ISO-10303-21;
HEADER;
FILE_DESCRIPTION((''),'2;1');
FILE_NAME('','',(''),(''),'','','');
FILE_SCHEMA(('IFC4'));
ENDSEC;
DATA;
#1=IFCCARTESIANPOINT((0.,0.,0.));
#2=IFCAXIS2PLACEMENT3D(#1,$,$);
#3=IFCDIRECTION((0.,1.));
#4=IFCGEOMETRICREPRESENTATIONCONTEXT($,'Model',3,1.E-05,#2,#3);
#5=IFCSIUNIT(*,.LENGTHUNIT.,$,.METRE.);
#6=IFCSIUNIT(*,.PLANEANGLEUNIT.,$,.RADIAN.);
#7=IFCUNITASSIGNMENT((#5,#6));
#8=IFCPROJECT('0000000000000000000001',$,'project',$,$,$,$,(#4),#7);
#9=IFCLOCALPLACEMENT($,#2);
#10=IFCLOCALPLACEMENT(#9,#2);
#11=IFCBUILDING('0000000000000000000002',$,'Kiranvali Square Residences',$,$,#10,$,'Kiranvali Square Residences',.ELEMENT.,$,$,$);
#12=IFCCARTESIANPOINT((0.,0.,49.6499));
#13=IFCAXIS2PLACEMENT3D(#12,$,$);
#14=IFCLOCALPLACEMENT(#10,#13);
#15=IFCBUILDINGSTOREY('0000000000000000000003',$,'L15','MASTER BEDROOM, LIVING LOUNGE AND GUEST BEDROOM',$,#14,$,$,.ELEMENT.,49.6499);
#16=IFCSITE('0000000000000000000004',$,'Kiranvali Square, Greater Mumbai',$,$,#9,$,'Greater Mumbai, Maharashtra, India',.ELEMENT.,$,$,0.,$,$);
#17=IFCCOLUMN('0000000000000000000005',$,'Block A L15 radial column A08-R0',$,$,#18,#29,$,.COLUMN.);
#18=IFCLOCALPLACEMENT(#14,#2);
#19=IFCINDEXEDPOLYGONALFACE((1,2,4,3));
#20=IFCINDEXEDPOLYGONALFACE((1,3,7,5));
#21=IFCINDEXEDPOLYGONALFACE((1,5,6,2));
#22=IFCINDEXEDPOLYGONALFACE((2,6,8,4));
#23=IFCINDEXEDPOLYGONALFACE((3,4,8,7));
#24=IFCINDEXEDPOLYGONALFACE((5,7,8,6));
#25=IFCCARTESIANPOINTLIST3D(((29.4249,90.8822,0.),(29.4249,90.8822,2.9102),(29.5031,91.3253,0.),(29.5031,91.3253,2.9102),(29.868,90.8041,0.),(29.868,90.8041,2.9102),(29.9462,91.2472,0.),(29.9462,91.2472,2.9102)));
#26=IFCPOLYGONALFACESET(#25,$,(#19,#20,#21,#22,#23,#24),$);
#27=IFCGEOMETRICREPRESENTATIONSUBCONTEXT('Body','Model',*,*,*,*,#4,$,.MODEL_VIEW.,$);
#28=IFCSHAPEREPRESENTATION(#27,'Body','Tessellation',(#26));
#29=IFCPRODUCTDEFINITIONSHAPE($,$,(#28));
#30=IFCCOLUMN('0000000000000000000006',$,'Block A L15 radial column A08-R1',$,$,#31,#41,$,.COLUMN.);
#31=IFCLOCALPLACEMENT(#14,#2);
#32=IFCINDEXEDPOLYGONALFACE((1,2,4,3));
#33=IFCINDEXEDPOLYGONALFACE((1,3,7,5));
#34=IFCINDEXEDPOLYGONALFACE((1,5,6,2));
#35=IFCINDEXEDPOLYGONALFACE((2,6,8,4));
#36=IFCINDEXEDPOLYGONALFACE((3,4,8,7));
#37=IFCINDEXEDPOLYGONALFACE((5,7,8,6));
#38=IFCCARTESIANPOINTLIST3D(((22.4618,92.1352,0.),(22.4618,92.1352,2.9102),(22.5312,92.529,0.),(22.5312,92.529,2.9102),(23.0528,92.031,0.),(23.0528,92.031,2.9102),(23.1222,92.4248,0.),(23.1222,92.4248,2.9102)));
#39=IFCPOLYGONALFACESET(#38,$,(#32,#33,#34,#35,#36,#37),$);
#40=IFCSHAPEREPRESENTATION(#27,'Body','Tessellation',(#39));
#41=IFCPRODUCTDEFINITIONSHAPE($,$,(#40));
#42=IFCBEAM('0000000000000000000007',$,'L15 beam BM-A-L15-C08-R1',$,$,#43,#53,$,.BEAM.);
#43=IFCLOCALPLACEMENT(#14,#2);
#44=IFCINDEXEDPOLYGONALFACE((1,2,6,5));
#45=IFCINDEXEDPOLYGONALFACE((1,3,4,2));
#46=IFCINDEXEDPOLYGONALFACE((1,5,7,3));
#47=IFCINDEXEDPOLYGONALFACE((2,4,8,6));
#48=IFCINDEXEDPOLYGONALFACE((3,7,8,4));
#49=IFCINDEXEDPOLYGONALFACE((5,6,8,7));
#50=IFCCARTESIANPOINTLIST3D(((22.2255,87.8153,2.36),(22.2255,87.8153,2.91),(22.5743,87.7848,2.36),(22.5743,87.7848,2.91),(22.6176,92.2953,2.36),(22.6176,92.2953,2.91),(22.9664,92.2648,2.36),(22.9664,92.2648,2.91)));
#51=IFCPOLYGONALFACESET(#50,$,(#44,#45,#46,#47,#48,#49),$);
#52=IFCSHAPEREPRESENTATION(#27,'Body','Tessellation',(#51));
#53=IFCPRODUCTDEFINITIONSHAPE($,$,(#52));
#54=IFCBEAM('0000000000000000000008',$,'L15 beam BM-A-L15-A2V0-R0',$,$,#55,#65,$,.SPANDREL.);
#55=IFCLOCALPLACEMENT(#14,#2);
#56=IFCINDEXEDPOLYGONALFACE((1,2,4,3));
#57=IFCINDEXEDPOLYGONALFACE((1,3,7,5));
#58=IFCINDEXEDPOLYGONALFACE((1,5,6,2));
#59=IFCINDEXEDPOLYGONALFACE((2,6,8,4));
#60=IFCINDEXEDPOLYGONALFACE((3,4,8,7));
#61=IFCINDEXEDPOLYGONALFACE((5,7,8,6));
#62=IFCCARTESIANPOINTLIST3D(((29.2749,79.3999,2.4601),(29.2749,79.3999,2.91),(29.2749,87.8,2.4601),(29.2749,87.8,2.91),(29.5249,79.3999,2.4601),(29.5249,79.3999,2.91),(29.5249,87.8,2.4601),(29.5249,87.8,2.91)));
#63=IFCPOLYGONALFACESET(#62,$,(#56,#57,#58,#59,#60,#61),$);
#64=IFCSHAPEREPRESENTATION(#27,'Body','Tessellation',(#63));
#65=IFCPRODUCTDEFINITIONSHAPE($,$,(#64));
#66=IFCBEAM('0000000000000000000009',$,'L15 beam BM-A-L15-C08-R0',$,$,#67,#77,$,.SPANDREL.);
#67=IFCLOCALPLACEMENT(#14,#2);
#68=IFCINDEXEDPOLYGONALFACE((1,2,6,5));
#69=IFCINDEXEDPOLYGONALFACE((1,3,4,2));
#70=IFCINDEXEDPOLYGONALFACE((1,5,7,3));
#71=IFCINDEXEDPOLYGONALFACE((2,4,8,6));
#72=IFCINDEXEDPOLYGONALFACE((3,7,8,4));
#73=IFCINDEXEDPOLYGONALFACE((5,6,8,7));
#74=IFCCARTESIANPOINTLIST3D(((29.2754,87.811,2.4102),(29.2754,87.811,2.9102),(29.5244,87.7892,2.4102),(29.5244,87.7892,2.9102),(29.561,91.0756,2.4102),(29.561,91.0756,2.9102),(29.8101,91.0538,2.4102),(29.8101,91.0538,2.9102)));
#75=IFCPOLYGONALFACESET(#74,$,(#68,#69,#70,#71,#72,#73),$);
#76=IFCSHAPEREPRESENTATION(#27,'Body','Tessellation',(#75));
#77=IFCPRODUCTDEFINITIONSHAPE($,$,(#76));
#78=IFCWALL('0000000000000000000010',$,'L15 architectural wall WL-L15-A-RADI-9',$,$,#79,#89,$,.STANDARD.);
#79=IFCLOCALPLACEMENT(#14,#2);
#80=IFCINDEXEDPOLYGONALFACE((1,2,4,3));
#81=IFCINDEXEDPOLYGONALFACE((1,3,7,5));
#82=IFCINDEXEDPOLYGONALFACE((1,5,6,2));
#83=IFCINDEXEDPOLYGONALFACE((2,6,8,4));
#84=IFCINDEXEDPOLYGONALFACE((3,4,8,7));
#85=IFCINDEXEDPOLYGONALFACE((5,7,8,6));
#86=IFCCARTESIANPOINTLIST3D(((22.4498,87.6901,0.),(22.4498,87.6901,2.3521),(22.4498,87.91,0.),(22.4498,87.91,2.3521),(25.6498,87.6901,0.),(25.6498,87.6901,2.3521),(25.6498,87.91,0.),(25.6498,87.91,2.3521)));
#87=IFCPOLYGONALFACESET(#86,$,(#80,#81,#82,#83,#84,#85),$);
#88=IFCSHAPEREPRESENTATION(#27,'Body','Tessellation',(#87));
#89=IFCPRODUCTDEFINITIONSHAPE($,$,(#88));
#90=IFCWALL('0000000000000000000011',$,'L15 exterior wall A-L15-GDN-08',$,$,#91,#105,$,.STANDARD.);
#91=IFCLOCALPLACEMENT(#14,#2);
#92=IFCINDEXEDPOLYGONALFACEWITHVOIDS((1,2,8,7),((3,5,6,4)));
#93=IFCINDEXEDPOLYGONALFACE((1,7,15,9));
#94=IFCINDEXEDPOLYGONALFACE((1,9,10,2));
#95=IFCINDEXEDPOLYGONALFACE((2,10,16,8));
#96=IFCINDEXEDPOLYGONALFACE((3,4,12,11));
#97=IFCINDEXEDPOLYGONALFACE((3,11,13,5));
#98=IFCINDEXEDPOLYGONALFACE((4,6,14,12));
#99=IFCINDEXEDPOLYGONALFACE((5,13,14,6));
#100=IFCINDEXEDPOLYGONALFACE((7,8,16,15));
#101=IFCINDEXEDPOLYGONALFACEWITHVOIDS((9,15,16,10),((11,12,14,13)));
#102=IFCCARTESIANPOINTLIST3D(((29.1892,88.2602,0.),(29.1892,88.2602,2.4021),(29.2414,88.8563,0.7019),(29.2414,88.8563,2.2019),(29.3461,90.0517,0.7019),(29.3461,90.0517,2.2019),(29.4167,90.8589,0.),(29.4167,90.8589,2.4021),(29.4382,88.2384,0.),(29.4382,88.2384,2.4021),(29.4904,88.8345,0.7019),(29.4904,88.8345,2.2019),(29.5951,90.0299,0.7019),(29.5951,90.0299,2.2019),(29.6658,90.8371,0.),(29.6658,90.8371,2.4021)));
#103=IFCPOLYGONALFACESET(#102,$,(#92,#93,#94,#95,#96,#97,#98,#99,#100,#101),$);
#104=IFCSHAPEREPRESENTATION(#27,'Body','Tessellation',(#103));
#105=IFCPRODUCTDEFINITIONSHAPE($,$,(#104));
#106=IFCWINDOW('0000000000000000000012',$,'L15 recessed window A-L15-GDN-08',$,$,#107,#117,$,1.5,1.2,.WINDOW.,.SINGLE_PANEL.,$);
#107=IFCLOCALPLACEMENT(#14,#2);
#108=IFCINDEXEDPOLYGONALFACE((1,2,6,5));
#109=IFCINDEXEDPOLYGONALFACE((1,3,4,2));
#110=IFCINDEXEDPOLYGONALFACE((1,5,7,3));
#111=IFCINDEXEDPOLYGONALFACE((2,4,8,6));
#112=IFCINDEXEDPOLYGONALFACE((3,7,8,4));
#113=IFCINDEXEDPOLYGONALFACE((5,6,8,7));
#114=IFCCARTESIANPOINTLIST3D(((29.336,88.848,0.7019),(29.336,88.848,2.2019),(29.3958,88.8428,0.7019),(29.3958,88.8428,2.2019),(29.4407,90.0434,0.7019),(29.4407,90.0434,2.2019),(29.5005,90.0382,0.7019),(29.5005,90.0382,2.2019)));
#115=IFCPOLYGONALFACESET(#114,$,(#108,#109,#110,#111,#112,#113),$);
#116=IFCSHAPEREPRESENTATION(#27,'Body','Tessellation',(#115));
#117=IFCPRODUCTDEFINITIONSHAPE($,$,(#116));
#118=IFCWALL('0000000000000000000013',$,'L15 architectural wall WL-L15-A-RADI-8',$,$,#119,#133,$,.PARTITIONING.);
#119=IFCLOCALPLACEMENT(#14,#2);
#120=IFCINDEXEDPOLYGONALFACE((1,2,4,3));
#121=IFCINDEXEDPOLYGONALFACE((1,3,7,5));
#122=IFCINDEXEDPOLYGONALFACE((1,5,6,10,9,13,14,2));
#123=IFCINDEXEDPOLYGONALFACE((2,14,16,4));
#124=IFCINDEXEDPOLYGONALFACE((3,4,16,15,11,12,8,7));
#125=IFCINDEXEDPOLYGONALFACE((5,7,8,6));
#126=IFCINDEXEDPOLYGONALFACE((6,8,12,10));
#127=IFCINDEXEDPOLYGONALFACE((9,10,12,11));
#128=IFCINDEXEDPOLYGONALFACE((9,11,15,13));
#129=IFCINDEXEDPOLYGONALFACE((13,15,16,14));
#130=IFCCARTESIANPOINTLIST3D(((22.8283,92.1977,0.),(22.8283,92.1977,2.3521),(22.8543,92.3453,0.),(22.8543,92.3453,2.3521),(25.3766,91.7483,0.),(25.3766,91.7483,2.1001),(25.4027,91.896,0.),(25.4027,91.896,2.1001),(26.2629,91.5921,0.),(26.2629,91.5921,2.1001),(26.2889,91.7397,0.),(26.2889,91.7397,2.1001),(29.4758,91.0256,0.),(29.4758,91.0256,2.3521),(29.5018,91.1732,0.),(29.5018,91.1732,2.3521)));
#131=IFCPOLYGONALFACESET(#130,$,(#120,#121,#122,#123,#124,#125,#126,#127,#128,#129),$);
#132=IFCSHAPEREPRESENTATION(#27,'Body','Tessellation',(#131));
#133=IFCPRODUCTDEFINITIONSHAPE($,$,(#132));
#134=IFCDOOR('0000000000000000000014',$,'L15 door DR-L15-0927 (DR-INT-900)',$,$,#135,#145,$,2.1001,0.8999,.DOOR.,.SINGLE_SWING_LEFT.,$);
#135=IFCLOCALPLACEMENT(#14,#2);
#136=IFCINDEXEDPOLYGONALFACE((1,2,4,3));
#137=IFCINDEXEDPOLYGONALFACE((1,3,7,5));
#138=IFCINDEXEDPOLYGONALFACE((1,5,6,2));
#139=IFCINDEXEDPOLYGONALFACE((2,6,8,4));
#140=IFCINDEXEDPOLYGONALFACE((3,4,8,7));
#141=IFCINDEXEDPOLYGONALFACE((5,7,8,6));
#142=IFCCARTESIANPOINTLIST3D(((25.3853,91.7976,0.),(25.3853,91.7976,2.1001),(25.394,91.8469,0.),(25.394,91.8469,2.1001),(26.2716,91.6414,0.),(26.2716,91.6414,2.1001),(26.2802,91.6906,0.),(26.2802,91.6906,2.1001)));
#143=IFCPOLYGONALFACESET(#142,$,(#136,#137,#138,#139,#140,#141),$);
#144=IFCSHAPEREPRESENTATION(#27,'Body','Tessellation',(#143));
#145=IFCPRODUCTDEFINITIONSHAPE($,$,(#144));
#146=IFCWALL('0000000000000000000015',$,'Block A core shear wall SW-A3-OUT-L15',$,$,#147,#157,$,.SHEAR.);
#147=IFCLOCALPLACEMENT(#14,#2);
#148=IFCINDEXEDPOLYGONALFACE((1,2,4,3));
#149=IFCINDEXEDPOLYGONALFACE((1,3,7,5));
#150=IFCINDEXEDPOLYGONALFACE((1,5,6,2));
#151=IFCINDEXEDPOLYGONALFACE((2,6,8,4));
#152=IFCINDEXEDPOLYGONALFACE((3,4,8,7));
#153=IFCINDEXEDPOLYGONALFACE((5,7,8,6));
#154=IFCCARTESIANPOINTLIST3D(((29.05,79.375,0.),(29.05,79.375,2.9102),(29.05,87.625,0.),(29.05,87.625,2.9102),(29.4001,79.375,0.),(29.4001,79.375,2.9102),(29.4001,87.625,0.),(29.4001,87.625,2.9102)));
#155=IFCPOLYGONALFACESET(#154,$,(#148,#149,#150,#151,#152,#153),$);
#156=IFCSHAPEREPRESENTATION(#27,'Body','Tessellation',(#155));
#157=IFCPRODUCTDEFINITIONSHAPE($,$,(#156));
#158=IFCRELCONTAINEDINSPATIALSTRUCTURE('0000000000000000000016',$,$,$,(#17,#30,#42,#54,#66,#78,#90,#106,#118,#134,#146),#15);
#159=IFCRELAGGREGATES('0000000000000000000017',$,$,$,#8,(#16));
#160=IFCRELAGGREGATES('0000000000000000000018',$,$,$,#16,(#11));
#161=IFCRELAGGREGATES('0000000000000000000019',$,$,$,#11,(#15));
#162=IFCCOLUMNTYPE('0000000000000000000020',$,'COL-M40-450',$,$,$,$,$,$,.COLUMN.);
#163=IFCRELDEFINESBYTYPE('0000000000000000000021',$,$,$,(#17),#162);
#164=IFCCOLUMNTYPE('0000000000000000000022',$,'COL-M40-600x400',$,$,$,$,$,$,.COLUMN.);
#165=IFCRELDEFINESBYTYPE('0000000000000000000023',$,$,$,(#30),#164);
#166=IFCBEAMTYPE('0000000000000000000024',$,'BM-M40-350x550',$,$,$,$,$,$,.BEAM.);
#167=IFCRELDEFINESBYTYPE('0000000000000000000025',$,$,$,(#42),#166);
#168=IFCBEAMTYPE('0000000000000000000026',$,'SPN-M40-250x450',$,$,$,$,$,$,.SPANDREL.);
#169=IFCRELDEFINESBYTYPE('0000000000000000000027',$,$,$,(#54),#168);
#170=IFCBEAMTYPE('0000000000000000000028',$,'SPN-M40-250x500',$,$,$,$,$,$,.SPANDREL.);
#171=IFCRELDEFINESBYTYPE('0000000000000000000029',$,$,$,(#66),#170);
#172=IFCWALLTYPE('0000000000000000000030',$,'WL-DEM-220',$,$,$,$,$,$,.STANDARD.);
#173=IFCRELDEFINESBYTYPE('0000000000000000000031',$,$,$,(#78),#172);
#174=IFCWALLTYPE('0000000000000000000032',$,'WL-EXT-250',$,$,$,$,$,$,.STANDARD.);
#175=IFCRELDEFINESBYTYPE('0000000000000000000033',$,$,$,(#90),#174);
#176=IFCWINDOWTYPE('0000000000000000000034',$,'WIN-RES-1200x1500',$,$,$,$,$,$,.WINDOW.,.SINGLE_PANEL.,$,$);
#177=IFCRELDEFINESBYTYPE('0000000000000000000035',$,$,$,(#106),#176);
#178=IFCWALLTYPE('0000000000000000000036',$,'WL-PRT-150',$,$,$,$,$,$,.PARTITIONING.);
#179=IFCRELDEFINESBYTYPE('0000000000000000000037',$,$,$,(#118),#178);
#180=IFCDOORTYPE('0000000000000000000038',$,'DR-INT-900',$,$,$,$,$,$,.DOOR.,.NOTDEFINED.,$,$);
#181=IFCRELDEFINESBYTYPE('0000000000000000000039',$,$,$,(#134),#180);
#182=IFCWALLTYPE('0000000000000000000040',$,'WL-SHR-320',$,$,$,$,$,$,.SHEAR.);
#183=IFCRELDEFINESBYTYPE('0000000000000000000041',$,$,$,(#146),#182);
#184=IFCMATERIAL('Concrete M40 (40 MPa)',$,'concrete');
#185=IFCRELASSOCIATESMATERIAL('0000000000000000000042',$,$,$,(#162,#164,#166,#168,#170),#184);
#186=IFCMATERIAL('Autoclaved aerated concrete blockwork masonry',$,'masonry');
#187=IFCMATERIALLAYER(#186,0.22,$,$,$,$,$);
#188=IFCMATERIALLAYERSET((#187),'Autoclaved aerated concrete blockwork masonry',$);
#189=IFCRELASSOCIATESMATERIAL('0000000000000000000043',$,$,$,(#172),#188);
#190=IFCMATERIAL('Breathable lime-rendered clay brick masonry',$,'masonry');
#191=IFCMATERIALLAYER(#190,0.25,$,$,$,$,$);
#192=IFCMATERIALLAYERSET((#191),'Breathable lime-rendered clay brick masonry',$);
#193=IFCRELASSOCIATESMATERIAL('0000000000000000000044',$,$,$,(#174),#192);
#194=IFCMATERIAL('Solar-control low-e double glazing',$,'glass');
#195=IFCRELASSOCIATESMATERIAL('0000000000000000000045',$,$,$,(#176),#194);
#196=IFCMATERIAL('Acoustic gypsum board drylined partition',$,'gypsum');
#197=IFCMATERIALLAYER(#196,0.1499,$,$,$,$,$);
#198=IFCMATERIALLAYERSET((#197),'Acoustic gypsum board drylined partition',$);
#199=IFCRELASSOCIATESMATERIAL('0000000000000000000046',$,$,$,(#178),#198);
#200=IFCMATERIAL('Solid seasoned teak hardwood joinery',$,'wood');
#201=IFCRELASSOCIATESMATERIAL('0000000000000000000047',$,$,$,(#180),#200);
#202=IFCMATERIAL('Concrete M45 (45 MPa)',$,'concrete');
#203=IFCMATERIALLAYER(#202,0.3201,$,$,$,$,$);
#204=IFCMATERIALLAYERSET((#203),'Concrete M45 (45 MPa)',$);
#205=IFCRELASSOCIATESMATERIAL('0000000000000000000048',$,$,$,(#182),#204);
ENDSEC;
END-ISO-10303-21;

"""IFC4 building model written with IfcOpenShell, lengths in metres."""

from ifc_helpers import new_model, si_unit, direction, frame, frame_2d, origin, origin_2d, place, context, subcontext, project, spatial, rectangle, extrude, material, layer, layer_set, material_profile, profile_set, type_object, element, fill, save


model = new_model("IFC4")

# Units and contexts
model_context = context("Model", 3, precision=1e-05, world=origin(), true_north=direction((0.0, 1.0)))
body_context = subcontext(model_context, "Body", "Model", "MODEL_VIEW")
ifc_project = project(units=[si_unit("LENGTHUNIT", "METRE"), si_unit("PLANEANGLEUNIT", "RADIAN")], contexts=[model_context])

# Site, building, storey
site_placement = place(None, origin())
site = spatial("IfcSite", under=ifc_project, at=site_placement, Name="Kiranvali Square, Greater Mumbai", LongName="Greater Mumbai, Maharashtra, India", CompositionType="ELEMENT", RefElevation=0.0)
building_placement = place(site_placement, origin())
building = spatial("IfcBuilding", under=site, at=building_placement, Name="Kiranvali Square Residences", LongName="Kiranvali Square Residences", CompositionType="ELEMENT")
storey_placement = place(building_placement, frame((0.0, 0.0, 49.6499)))
storey = spatial("IfcBuildingStorey", under=building, at=storey_placement, Name="L15", Description="MASTER BEDROOM, LIVING LOUNGE AND GUEST BEDROOM", CompositionType="ELEMENT", Elevation=49.6499)

# Columns
ifc_material_1 = material(Name="Concrete M40 (40 MPa)", Category="concrete")
ifc_material_profile_1 = material_profile(ifc_material_1, rectangle(XDim=0.45, YDim=0.45, at=origin_2d()), Name="RC 450x450")
ifc_profile_set_1 = profile_set([ifc_material_profile_1], Name="Concrete M40 (40 MPa)")
column_type_1 = type_object("IfcColumnType", Name="COL-M40-450", PredefinedType="COLUMN", material=ifc_profile_set_1)
column_1_placement = place(storey_placement, frame((29.6855, 91.0647, 0.0), z_axis=(0.0, 0.0, 1.0), x_axis=(0.173648, 0.984808, 0.0)))
element("IfcColumn", 1, at=column_1_placement, inside=storey, type_object=column_type_1, Name="Block A L15 radial column A08-R0", PredefinedType="COLUMN", context=body_context, shape_type="SweptSolid", body=[
    extrude(rectangle(XDim=0.45, YDim=0.45, at=origin_2d()), origin(), (0.0, 0.0, 1.0), 2.9102),
])
ifc_material_profile_2 = material_profile(ifc_material_1, rectangle(XDim=0.3999, YDim=0.6001, at=origin_2d()), Name="RC 600x400")
ifc_profile_set_2 = profile_set([ifc_material_profile_2], Name="Concrete M40 (40 MPa)")
column_type_2 = type_object("IfcColumnType", Name="COL-M40-600x400", PredefinedType="COLUMN", material=ifc_profile_set_2)
column_2_placement = place(storey_placement, frame((22.792, 92.28, 0.0), z_axis=(0.0, 0.0, 1.0), x_axis=(0.173648, 0.984808, 0.0)))
element("IfcColumn", 2, at=column_2_placement, inside=storey, type_object=column_type_2, Name="Block A L15 radial column A08-R1", PredefinedType="COLUMN", context=body_context, shape_type="SweptSolid", body=[
    extrude(rectangle(XDim=0.3999, YDim=0.6001, at=origin_2d()), origin(), (0.0, 0.0, 1.0), 2.9102),
])

# Beams
ifc_material_profile_3 = material_profile(ifc_material_1, rectangle(XDim=0.3501, YDim=0.55, at=origin_2d()), Name="RC 350x550")
ifc_profile_set_3 = profile_set([ifc_material_profile_3], Name="Concrete M40 (40 MPa)")
beam_type_1 = type_object("IfcBeamType", Name="BM-M40-350x550", PredefinedType="BEAM", material=ifc_profile_set_3)
beam_1_placement = place(storey_placement, frame((22.792, 92.28, 2.635), z_axis=(-0.087187, -0.996192, 0.0), x_axis=(0.996192, -0.087187, 0.0)))
element("IfcBeam", 3, at=beam_1_placement, inside=storey, type_object=beam_type_1, Name="L15 beam BM-A-L15-C08-R1", PredefinedType="BEAM", context=body_context, shape_type="SweptSolid", body=[
    extrude(rectangle(XDim=0.3501, YDim=0.55, at=origin_2d()), origin(), (0.0, 0.0, 1.0), 4.4971),
])
ifc_material_profile_4 = material_profile(ifc_material_1, rectangle(XDim=0.25, YDim=0.45, at=origin_2d()), Name="RC 250x450")
ifc_profile_set_4 = profile_set([ifc_material_profile_4], Name="Concrete M40 (40 MPa)")
beam_type_2 = type_object("IfcBeamType", Name="SPN-M40-250x450", PredefinedType="SPANDREL", material=ifc_profile_set_4)
beam_2_placement = place(storey_placement, frame((29.3999, 87.8, 2.6851), z_axis=(0.0, -1.0, 0.0), x_axis=(1.0, 0.0, 0.0)))
element("IfcBeam", 4, at=beam_2_placement, inside=storey, type_object=beam_type_2, Name="L15 beam BM-A-L15-A2V0-R0", PredefinedType="SPANDREL", context=body_context, shape_type="SweptSolid", body=[
    extrude(rectangle(XDim=0.25, YDim=0.45, at=origin_2d()), origin(), (0.0, 0.0, 1.0), 8.4001),
])
ifc_material_profile_5 = material_profile(ifc_material_1, rectangle(XDim=0.25, YDim=0.5, at=origin_2d()), Name="RC 250x500")
ifc_profile_set_5 = profile_set([ifc_material_profile_5], Name="Concrete M40 (40 MPa)")
beam_type_3 = type_object("IfcBeamType", Name="SPN-M40-250x500", PredefinedType="SPANDREL", material=ifc_profile_set_5)
beam_3_placement = place(storey_placement, frame((29.6855, 91.0647, 2.6602), z_axis=(-0.087163, -0.996194, 0.0), x_axis=(0.996194, -0.087163, 0.0)))
element("IfcBeam", 5, at=beam_3_placement, inside=storey, type_object=beam_type_3, Name="L15 beam BM-A-L15-C08-R0", PredefinedType="SPANDREL", context=body_context, shape_type="SweptSolid", body=[
    extrude(rectangle(XDim=0.25, YDim=0.5, at=origin_2d()), origin(), (0.0, 0.0, 1.0), 3.2771),
])

# Shared definitions
ifc_material_2 = material(Name="Autoclaved aerated concrete blockwork masonry", Category="masonry")

# Wall
ifc_layer_1 = layer(ifc_material_2, 0.22)
ifc_layer_set_1 = layer_set([ifc_layer_1], Name="Autoclaved aerated concrete blockwork masonry")
wall_type_1 = type_object("IfcWallType", Name="WL-DEM-220", PredefinedType="STANDARD", material=ifc_layer_set_1)
wall_1_placement = place(storey_placement, frame((25.6499, 87.8, 0.0), z_axis=(0.0, 0.0, 1.0), x_axis=(-1.0, 0.0, 0.0)))
element("IfcWall", 6, at=wall_1_placement, inside=storey, type_object=wall_type_1, Name="L15 architectural wall WL-L15-A-RADI-9", PredefinedType="STANDARD", context=body_context, shape_type="SweptSolid", body=[
    extrude(rectangle(XDim=3.2, YDim=0.22, at=frame_2d((1.6001, 0.0))), origin(), (0.0, 0.0, 1.0), 2.3521),
])

# Wall, opening, window
ifc_material_3 = material(Name="Breathable lime-rendered clay brick masonry", Category="masonry")
ifc_layer_2 = layer(ifc_material_3, 0.25)
ifc_layer_set_2 = layer_set([ifc_layer_2], Name="Breathable lime-rendered clay brick masonry")
wall_type_2 = type_object("IfcWallType", Name="WL-EXT-250", PredefinedType="STANDARD", material=ifc_layer_set_2)
wall_2_placement = place(storey_placement, frame((29.5413, 90.8479, 0.0), z_axis=(0.0, 0.0, 1.0), x_axis=(-0.087227, -0.996188, 0.0)))
wall_2 = element("IfcWall", 7, at=wall_2_placement, inside=storey, type_object=wall_type_2, Name="L15 exterior wall A-L15-GDN-08", PredefinedType="STANDARD", context=body_context, shape_type="SweptSolid", body=[
    extrude(rectangle(XDim=2.6086, YDim=0.25, at=frame_2d((1.3042, 0.0))), origin(), (0.0, 0.0, 1.0), 2.4021),
])
opening_1_placement = place(wall_2_placement, frame((0.8101, 0.0, 0.7019)))
opening_1 = element("IfcOpeningElement", 8, at=opening_1_placement, cuts=wall_2, PredefinedType="OPENING", context=body_context, shape_type="SweptSolid", body=[
    extrude(rectangle(XDim=1.2, YDim=1.5, at=frame_2d((0.6001, 0.75))), frame((0.0, 0.135, 0.0), z_axis=(0.0, -1.0, 0.0), x_axis=(1.0, 0.0, 0.0)), (0.0, 0.0, 1.0), 0.27),
])
ifc_material_4 = material(Name="Solar-control low-e double glazing", Category="glass")
window_type = type_object("IfcWindowType", Name="WIN-RES-1200x1500", PartitioningType="SINGLE_PANEL", PredefinedType="WINDOW", material=ifc_material_4)
window_placement = place(opening_1_placement, origin())
window = element("IfcWindow", 9, at=window_placement, inside=storey, type_object=window_type, Name="L15 recessed window A-L15-GDN-08", OverallHeight=1.5, OverallWidth=1.2, PartitioningType="SINGLE_PANEL", PredefinedType="WINDOW", context=body_context, shape_type="SweptSolid", body=[
    extrude(rectangle(XDim=1.2, YDim=1.5, at=frame_2d((0.6001, 0.75))), frame((0.0, 0.03, 0.0), z_axis=(0.0, -1.0, 0.0), x_axis=(1.0, 0.0, 0.0)), (0.0, 0.0, 1.0), 0.0601),
])
fill(opening_1, window)

# Wall, opening, door
ifc_material_5 = material(Name="Acoustic gypsum board drylined partition", Category="gypsum")
ifc_layer_3 = layer(ifc_material_5, 0.1499)
ifc_layer_set_3 = layer_set([ifc_layer_3], Name="Acoustic gypsum board drylined partition")
wall_type_3 = type_object("IfcWallType", Name="WL-PRT-150", PredefinedType="PARTITIONING", material=ifc_layer_set_3)
wall_3_placement = place(storey_placement, frame((29.4888, 91.0994, 0.0), z_axis=(0.0, 0.0, 1.0), x_axis=(-0.984808, 0.173647, 0.0)))
wall_3 = element("IfcWall", 10, at=wall_3_placement, inside=storey, type_object=wall_type_3, Name="L15 architectural wall WL-L15-A-RADI-8", PredefinedType="PARTITIONING", context=body_context, shape_type="SweptSolid", body=[
    extrude(rectangle(XDim=6.75, YDim=0.1499, at=frame_2d((3.375, 0.0))), origin(), (0.0, 0.0, 1.0), 2.3521),
])
opening_2_placement = place(wall_3_placement, frame((3.2625, 0.0, 0.0)))
opening_2 = element("IfcOpeningElement", 11, at=opening_2_placement, cuts=wall_3, PredefinedType="OPENING", context=body_context, shape_type="SweptSolid", body=[
    extrude(rectangle(XDim=0.8999, YDim=2.1001, at=frame_2d((0.45, 1.05))), frame((0.0, 0.085, 0.0), z_axis=(0.0, -1.0, 0.0), x_axis=(1.0, 0.0, 0.0)), (0.0, 0.0, 1.0), 0.1699),
])
ifc_material_6 = material(Name="Solid seasoned teak hardwood joinery", Category="wood")
door_type_1 = type_object("IfcDoorType", Name="DR-INT-900", OperationType="NOTDEFINED", PredefinedType="DOOR", material=ifc_material_6)
door_1_placement = place(opening_2_placement, origin())
door_1 = element("IfcDoor", 12, at=door_1_placement, inside=storey, type_object=door_type_1, Name="L15 door DR-L15-0927 (DR-INT-900)", OperationType="SINGLE_SWING_LEFT", OverallHeight=2.1001, OverallWidth=0.8999, PredefinedType="DOOR", context=body_context, shape_type="SweptSolid", body=[
    extrude(rectangle(XDim=0.8999, YDim=2.1001, at=frame_2d((0.45, 1.05))), frame((0.0, 0.0249, 0.0), z_axis=(0.0, -1.0, 0.0), x_axis=(1.0, 0.0, 0.0)), (0.0, 0.0, 1.0), 0.05),
])
fill(opening_2, door_1)

# Wall
ifc_material_7 = material(Name="Concrete M45 (45 MPa)", Category="concrete")
ifc_layer_4 = layer(ifc_material_7, 0.3201)
ifc_layer_set_4 = layer_set([ifc_layer_4], Name="Concrete M45 (45 MPa)")
wall_type_4 = type_object("IfcWallType", Name="WL-SHR-320", PredefinedType="SHEAR", material=ifc_layer_set_4)
wall_4_placement = place(storey_placement, frame((29.2251, 87.625, 0.0), z_axis=(0.0, 0.0, 1.0), x_axis=(0.0, -1.0, 0.0)))
element("IfcWall", 13, at=wall_4_placement, inside=storey, type_object=wall_type_4, Name="Block A core shear wall SW-A3-OUT-L15", PredefinedType="SHEAR", context=body_context, shape_type="SweptSolid", body=[
    extrude(rectangle(XDim=8.25, YDim=0.3501, at=frame_2d((4.125, 0.0))), origin(), (0.0, 0.0, 1.0), 2.9102),
])

save(model, "model.ifc")
